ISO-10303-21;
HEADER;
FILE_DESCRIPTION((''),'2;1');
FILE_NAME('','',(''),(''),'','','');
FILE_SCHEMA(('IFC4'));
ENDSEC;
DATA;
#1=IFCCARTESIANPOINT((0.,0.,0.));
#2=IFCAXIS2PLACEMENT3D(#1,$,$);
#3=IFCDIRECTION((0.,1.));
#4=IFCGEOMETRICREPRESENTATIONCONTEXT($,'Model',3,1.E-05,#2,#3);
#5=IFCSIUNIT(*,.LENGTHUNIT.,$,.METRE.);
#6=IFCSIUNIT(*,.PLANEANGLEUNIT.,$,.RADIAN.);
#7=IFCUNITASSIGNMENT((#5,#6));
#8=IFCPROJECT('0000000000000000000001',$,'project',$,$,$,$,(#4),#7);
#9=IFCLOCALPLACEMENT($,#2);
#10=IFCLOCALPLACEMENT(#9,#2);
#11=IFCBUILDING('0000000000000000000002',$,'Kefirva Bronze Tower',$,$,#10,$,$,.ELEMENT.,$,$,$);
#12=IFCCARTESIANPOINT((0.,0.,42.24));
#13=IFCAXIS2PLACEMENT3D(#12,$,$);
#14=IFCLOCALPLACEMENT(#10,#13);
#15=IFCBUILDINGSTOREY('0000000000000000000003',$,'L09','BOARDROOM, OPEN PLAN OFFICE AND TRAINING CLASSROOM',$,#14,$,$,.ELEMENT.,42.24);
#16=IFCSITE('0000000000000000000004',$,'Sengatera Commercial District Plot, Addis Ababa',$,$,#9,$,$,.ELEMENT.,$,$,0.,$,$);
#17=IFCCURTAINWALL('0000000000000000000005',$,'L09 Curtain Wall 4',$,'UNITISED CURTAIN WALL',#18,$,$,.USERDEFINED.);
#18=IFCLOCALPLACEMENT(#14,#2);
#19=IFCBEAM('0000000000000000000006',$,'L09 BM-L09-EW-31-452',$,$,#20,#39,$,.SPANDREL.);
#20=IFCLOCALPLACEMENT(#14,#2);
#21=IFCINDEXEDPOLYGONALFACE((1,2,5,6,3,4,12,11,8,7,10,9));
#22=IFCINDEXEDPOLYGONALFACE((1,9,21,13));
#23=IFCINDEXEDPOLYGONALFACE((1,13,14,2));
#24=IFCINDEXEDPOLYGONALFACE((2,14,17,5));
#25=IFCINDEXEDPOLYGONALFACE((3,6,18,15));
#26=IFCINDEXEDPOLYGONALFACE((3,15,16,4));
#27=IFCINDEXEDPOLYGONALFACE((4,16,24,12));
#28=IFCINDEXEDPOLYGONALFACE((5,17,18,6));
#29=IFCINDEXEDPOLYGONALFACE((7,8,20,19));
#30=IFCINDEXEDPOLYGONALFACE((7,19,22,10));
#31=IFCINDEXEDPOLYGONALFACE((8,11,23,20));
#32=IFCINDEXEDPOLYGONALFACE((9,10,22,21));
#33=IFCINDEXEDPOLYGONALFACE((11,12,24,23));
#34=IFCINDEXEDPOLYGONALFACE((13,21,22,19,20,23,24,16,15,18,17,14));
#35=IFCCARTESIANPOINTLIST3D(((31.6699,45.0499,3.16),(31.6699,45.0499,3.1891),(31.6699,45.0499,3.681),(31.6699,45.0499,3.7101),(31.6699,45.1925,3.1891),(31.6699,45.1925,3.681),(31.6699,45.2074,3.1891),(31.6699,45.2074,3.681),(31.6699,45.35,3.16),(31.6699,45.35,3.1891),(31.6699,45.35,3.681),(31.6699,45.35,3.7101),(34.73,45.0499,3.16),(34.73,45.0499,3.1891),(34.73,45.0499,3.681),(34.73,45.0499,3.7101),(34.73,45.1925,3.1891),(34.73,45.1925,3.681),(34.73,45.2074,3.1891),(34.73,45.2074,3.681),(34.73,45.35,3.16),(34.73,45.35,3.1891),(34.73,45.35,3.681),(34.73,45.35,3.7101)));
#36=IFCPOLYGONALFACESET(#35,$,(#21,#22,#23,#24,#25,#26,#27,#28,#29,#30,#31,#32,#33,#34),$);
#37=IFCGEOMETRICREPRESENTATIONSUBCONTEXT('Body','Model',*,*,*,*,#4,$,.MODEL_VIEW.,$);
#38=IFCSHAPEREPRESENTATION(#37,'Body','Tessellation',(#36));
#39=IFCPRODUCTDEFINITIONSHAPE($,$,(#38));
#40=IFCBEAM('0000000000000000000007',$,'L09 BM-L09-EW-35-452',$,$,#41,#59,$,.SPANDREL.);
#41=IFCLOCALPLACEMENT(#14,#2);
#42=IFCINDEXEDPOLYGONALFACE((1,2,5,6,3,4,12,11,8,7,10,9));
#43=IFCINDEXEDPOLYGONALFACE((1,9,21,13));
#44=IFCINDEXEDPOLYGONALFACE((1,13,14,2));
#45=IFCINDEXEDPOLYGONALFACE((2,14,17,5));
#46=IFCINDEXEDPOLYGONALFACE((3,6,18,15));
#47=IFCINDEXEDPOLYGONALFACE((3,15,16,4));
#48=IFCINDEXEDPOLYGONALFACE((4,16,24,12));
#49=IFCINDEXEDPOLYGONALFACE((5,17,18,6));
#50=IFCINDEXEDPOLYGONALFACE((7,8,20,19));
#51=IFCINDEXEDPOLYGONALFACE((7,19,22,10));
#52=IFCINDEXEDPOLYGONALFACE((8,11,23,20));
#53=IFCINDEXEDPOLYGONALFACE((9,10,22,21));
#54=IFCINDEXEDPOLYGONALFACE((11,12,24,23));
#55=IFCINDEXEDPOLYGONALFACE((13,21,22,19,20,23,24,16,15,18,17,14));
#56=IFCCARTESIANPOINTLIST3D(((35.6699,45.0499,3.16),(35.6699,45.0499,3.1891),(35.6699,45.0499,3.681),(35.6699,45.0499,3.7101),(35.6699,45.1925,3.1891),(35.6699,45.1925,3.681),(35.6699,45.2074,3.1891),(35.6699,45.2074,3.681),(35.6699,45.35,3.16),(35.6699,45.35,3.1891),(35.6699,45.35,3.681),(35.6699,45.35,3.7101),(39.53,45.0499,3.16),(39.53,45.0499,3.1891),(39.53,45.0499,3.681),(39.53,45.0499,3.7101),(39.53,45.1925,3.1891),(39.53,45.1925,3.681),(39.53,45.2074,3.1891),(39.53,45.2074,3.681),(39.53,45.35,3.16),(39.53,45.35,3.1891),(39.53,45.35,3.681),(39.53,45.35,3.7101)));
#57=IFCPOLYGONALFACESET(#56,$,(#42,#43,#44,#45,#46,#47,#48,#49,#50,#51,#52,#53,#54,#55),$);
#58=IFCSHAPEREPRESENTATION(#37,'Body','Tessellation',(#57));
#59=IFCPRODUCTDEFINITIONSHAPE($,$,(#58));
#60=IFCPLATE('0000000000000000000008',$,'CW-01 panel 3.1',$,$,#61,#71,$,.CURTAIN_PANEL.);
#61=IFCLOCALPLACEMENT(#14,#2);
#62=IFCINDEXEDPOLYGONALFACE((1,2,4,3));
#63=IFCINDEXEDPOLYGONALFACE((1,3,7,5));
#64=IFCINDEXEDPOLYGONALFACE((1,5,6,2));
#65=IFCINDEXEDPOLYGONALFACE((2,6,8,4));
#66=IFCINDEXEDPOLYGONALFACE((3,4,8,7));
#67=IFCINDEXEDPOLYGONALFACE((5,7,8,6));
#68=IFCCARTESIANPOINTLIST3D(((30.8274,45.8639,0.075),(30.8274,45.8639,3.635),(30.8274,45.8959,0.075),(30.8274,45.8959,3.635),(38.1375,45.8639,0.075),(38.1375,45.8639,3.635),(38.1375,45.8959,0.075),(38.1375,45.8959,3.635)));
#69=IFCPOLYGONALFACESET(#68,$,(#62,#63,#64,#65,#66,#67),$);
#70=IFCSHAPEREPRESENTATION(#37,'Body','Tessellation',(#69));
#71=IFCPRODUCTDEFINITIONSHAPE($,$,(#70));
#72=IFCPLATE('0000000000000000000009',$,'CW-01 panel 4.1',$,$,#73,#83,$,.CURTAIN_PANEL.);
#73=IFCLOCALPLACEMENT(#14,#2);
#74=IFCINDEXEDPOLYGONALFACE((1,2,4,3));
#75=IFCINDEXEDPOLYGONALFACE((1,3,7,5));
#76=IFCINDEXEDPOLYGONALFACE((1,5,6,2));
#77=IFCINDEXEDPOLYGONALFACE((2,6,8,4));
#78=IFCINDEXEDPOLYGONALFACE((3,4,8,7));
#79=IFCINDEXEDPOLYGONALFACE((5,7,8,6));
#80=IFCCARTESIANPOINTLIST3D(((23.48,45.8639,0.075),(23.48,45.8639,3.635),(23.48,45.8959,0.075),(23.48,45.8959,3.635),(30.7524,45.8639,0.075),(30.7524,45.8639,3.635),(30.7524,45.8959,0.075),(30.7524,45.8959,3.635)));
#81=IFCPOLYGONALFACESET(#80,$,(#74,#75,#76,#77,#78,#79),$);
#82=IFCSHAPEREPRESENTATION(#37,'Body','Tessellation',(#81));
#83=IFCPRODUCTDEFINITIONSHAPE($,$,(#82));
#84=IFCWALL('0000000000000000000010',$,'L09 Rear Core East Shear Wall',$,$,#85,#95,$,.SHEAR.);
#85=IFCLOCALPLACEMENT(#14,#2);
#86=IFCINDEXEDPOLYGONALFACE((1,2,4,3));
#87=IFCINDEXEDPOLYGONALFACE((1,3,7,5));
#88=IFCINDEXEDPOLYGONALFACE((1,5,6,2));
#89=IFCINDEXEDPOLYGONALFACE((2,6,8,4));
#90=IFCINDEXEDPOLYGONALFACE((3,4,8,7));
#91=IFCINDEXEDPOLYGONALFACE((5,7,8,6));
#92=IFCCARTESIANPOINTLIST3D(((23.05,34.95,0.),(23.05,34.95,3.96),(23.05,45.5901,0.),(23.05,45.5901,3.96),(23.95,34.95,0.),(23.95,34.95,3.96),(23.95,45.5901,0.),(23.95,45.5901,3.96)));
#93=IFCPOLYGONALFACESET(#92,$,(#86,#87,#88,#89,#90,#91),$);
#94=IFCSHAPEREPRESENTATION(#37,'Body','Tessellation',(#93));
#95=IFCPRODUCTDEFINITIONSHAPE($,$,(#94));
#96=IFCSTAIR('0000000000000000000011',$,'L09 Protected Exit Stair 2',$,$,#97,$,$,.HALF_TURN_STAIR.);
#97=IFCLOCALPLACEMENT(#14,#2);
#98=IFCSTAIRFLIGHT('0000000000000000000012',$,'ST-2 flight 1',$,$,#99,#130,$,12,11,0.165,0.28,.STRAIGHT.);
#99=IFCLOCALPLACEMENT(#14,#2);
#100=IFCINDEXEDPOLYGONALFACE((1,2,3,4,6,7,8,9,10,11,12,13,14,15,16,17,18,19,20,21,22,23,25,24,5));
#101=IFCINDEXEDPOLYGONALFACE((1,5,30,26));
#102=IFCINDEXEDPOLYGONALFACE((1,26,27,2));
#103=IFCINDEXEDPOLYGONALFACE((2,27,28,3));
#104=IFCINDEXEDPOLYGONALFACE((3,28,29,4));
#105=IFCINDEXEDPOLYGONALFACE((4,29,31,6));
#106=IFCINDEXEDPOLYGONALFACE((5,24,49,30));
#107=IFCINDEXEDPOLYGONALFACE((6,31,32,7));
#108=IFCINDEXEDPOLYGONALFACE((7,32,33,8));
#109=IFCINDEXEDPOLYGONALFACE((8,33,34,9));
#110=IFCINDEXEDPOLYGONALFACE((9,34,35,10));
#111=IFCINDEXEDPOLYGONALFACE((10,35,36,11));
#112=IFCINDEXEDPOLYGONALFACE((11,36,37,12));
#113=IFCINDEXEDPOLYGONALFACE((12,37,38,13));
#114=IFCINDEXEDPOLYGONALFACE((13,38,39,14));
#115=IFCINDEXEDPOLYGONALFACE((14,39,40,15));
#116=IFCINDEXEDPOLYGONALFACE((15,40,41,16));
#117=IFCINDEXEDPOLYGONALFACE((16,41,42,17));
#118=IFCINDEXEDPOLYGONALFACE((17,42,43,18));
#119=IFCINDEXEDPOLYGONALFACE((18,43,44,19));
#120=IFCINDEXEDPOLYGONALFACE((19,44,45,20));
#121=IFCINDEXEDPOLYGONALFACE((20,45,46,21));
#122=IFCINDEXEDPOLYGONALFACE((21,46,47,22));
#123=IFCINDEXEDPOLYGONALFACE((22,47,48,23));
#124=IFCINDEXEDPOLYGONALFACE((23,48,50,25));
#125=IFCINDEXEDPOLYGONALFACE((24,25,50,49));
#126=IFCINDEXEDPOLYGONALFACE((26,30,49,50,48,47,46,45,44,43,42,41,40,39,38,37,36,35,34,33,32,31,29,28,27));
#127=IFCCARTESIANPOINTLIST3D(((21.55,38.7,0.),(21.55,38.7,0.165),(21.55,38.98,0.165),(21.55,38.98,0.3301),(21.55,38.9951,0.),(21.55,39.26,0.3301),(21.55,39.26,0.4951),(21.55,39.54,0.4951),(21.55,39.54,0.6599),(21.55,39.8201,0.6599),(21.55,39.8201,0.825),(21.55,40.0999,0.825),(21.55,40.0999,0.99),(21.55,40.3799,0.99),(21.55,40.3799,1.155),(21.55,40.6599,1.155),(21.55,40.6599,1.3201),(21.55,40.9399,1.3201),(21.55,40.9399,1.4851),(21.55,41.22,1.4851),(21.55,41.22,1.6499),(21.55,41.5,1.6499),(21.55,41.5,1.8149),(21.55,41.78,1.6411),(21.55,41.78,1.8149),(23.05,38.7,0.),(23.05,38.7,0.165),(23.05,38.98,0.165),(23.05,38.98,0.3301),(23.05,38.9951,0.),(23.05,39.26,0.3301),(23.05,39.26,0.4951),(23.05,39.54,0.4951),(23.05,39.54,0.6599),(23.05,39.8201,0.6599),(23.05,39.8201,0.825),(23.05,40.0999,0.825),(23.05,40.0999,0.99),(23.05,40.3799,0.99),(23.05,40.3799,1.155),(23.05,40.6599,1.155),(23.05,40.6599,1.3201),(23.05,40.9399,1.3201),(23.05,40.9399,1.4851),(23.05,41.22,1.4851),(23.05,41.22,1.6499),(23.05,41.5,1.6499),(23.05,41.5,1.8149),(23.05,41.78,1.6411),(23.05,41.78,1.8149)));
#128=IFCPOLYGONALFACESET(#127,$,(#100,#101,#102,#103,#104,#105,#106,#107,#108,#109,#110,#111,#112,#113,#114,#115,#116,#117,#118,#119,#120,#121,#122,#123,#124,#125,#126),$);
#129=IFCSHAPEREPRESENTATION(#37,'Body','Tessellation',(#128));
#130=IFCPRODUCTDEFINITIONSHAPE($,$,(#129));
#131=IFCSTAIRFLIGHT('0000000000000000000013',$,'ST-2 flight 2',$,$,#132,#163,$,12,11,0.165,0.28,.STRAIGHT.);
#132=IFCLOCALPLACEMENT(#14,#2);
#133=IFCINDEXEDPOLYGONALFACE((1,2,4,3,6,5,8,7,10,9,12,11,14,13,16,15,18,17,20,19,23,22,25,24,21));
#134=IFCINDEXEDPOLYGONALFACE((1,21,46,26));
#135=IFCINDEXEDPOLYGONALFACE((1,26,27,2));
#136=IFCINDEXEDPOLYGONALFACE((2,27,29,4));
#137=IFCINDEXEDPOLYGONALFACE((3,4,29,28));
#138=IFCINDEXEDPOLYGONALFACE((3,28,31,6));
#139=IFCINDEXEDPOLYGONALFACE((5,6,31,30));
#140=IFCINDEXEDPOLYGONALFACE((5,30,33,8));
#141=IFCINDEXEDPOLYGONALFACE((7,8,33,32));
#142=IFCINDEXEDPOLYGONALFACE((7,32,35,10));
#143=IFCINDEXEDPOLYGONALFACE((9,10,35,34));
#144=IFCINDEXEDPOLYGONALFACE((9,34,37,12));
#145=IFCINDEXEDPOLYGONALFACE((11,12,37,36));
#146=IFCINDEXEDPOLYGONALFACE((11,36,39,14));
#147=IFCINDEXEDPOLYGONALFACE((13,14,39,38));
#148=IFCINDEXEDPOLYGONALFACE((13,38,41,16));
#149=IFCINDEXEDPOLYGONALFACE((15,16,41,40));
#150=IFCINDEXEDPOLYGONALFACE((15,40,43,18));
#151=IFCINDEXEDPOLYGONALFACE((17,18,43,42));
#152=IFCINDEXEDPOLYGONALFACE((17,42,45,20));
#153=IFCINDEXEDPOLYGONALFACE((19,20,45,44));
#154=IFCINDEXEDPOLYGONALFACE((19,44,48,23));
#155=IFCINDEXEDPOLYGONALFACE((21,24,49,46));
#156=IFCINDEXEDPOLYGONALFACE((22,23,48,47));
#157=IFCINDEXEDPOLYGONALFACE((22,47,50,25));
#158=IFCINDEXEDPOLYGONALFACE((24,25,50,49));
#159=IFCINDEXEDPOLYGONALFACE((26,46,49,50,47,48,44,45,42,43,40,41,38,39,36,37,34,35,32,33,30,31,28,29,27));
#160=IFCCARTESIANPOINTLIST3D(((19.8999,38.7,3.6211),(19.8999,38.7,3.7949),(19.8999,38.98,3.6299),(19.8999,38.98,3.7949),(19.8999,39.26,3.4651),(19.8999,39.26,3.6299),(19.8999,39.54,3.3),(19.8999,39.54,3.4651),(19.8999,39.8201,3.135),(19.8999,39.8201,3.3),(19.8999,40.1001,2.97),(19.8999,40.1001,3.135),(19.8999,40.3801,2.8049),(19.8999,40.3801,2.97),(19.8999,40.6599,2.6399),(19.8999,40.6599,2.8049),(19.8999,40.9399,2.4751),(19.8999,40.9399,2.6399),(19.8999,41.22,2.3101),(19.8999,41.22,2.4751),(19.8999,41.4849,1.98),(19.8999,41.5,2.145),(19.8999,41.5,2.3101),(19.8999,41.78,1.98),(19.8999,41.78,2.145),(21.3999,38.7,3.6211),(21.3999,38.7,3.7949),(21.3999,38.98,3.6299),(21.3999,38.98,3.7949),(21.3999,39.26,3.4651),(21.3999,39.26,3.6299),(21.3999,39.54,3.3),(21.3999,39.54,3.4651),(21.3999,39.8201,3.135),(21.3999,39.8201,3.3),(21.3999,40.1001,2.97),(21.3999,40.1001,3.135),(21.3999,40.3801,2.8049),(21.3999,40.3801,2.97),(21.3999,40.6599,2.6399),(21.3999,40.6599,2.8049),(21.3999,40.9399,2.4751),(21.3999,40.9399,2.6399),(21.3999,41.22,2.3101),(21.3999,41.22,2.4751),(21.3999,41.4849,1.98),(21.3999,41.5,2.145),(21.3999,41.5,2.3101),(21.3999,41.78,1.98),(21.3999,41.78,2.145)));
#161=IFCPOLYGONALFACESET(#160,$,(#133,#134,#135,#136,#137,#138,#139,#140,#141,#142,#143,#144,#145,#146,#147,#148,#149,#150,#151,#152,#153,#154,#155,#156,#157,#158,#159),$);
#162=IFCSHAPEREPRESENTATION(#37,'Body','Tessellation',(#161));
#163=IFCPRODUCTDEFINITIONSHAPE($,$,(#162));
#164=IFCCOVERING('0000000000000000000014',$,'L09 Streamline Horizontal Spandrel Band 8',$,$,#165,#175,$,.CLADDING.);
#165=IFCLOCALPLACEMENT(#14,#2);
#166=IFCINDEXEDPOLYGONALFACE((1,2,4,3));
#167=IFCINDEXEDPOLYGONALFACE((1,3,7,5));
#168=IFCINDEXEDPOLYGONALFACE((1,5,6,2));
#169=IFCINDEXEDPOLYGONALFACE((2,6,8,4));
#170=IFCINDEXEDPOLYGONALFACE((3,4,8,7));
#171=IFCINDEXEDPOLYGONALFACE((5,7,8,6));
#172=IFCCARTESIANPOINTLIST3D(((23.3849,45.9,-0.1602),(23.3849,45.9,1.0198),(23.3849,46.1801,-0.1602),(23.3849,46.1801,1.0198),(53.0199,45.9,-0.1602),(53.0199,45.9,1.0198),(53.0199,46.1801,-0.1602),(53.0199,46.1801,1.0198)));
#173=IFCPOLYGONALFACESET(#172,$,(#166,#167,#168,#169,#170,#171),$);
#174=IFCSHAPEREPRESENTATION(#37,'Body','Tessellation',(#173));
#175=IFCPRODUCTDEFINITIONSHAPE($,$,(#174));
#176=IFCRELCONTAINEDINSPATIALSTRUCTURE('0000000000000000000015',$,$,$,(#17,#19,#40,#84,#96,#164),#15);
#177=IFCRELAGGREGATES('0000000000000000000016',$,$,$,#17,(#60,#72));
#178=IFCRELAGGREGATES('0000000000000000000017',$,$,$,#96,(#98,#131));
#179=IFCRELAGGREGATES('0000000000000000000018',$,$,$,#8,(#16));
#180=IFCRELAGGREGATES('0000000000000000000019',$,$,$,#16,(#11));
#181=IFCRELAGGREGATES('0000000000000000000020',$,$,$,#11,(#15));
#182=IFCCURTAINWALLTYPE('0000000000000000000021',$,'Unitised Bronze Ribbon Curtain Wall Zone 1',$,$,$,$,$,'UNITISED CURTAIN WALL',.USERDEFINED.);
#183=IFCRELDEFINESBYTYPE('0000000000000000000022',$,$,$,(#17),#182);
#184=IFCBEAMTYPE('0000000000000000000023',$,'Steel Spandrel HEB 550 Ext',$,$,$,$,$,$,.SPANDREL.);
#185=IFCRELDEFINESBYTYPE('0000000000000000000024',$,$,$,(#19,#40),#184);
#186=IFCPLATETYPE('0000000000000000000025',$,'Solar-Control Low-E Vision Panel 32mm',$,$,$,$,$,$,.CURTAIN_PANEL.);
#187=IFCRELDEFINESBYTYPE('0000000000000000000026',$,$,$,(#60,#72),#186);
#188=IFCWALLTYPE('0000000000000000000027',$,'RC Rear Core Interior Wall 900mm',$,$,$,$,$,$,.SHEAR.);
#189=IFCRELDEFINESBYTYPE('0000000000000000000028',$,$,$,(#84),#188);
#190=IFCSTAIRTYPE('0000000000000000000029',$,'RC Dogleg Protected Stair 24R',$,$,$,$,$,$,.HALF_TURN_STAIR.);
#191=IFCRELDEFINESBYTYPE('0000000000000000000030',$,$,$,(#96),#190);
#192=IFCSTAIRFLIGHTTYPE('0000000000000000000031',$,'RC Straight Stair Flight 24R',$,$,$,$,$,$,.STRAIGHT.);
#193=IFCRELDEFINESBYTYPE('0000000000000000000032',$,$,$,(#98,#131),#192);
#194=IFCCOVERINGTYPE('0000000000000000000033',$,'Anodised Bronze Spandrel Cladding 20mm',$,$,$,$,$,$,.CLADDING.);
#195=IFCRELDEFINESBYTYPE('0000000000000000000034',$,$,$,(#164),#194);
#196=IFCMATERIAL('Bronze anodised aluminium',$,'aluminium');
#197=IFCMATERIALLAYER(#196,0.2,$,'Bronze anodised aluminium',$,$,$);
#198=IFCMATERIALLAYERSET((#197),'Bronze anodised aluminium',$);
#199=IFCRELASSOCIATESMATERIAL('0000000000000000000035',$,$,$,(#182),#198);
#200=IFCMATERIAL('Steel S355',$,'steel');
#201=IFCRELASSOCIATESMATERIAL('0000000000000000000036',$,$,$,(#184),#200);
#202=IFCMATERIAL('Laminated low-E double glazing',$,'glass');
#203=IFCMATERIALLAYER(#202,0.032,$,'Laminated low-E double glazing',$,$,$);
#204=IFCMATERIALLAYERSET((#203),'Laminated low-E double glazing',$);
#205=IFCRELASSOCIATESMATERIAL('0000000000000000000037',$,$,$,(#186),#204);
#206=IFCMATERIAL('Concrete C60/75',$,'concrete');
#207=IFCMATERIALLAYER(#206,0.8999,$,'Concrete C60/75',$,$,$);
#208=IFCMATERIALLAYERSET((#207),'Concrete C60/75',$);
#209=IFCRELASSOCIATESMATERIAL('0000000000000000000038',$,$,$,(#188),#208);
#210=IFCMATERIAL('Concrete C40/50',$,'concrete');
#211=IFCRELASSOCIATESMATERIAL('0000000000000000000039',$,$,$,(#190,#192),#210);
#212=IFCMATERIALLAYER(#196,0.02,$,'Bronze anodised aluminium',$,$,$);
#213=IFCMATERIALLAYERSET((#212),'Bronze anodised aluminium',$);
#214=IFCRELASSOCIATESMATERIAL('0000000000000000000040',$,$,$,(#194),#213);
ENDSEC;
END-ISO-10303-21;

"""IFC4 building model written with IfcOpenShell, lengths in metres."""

from ifc_helpers import new_model, si_unit, direction, frame, frame_2d, origin, origin_2d, place, context, subcontext, project, spatial, polyline, rectangle, i_section, outline, extrude, material, layer, layer_set, material_profile, profile_set, type_object, element, aggregate, save


model = new_model("IFC4")

# Units and contexts
model_context = context("Model", 3, precision=1e-05, world=origin(), true_north=direction((0.0, 1.0)))
body_context = subcontext(model_context, "Body", "Model", "MODEL_VIEW")
ifc_project = project(units=[si_unit("LENGTHUNIT", "METRE"), si_unit("PLANEANGLEUNIT", "RADIAN")], contexts=[model_context])

# Site, building, storey
site_placement = place(None, origin())
site = spatial("IfcSite", under=ifc_project, at=site_placement, Name="Sengatera Commercial District Plot, Addis Ababa", CompositionType="ELEMENT", RefElevation=0.0)
building_placement = place(site_placement, origin())
building = spatial("IfcBuilding", under=site, at=building_placement, Name="Kefirva Bronze Tower", CompositionType="ELEMENT")
storey_placement = place(building_placement, frame((0.0, 0.0, 42.24)))
storey = spatial("IfcBuildingStorey", under=building, at=storey_placement, Name="L09", Description="BOARDROOM, OPEN PLAN OFFICE AND TRAINING CLASSROOM", CompositionType="ELEMENT", Elevation=42.24)

# Shared definitions
ifc_material_1 = material(Name="Concrete C60/75", Category="concrete")

# Curtain wall
ifc_material_2 = material(Name="Bronze anodised aluminium", Category="aluminium")
ifc_layer_1 = layer(ifc_material_2, 0.2, Name="Bronze anodised aluminium")
ifc_layer_set_1 = layer_set([ifc_layer_1], Name="Bronze anodised aluminium")
curtain_wall_type = type_object("IfcCurtainWallType", Name="Unitised Bronze Ribbon Curtain Wall Zone 1", ElementType="UNITISED CURTAIN WALL", PredefinedType="USERDEFINED", material=ifc_layer_set_1)
curtain_wall_placement = place(storey_placement, origin())
curtain_wall = element("IfcCurtainWall", 1, at=curtain_wall_placement, inside=storey, type_object=curtain_wall_type, Name="L09 Curtain Wall 4", ObjectType="UNITISED CURTAIN WALL", PredefinedType="USERDEFINED")

# Beams
ifc_material_3 = material(Name="Steel S355", Category="steel")
ifc_material_profile_1 = material_profile(ifc_material_3, i_section(OverallWidth=0.3, OverallDepth=0.55, WebThickness=0.0149, FlangeThickness=0.0291, at=origin_2d()), Name="HEB 550")
ifc_profile_set_1 = profile_set([ifc_material_profile_1], Name="Steel S355")
beam_type_1 = type_object("IfcBeamType", Name="Steel Spandrel HEB 550 Ext", PredefinedType="SPANDREL", material=ifc_profile_set_1)
beam_1_placement = place(storey_placement, frame((31.6699, 45.2, 3.4351), z_axis=(1.0, 0.0, 0.0), x_axis=(0.0, 1.0, 0.0)))
element("IfcBeam", 2, at=beam_1_placement, inside=storey, type_object=beam_type_1, Name="L09 BM-L09-EW-31-452", PredefinedType="SPANDREL", context=body_context, shape_type="SweptSolid", body=[
    extrude(i_section(OverallWidth=0.3, OverallDepth=0.55, WebThickness=0.0149, FlangeThickness=0.0291, at=origin_2d()), origin(), (0.0, 0.0, 1.0), 3.0601),
])
beam_2_placement = place(storey_placement, frame((35.6699, 45.2, 3.4351), z_axis=(1.0, 0.0, 0.0), x_axis=(0.0, 1.0, 0.0)))
element("IfcBeam", 3, at=beam_2_placement, inside=storey, type_object=beam_type_1, Name="L09 BM-L09-EW-35-452", PredefinedType="SPANDREL", context=body_context, shape_type="SweptSolid", body=[
    extrude(i_section(OverallWidth=0.3, OverallDepth=0.55, WebThickness=0.0149, FlangeThickness=0.0291, at=origin_2d()), origin(), (0.0, 0.0, 1.0), 3.8601),
])

# Plates
ifc_material_4 = material(Name="Laminated low-E double glazing", Category="glass")
ifc_layer_2 = layer(ifc_material_4, 0.032, Name="Laminated low-E double glazing")
ifc_layer_set_2 = layer_set([ifc_layer_2], Name="Laminated low-E double glazing")
plate_type = type_object("IfcPlateType", Name="Solar-Control Low-E Vision Panel 32mm", PredefinedType="CURTAIN_PANEL", material=ifc_layer_set_2)
plate_1_placement = place(storey_placement, frame((34.4824, 45.8799, 0.075), z_axis=(0.0, 0.0, 1.0), x_axis=(-1.0, 0.0, 0.0)))
plate_1 = element("IfcPlate", 4, at=plate_1_placement, type_object=plate_type, Name="CW-01 panel 3.1", PredefinedType="CURTAIN_PANEL", context=body_context, shape_type="SweptSolid", body=[
    extrude(rectangle(XDim=7.3101, YDim=0.032, at=origin_2d()), origin(), (0.0, 0.0, 1.0), 3.5601),
])
plate_2_placement = place(storey_placement, frame((27.1162, 45.8799, 0.075), z_axis=(0.0, 0.0, 1.0), x_axis=(-1.0, 0.0, 0.0)))
plate_2 = element("IfcPlate", 5, at=plate_2_placement, type_object=plate_type, Name="CW-01 panel 4.1", PredefinedType="CURTAIN_PANEL", context=body_context, shape_type="SweptSolid", body=[
    extrude(rectangle(XDim=7.2725, YDim=0.032, at=origin_2d()), origin(), (0.0, 0.0, 1.0), 3.5601),
])
aggregate(curtain_wall, [plate_1, plate_2])

# Wall
ifc_layer_3 = layer(ifc_material_1, 0.8999, Name="Concrete C60/75")
ifc_layer_set_3 = layer_set([ifc_layer_3], Name="Concrete C60/75")
wall_type = type_object("IfcWallType", Name="RC Rear Core Interior Wall 900mm", PredefinedType="SHEAR", material=ifc_layer_set_3)
wall_placement = place(storey_placement, frame((23.5, 34.95, 0.0), z_axis=(0.0, 0.0, 1.0), x_axis=(0.0, 1.0, 0.0)))
element("IfcWall", 6, at=wall_placement, inside=storey, type_object=wall_type, Name="L09 Rear Core East Shear Wall", PredefinedType="SHEAR", context=body_context, shape_type="SweptSolid", body=[
    extrude(rectangle(XDim=10.6401, YDim=0.8999, at=frame_2d((5.3201, 0.0))), origin(), (0.0, 0.0, 1.0), 3.96),
])

# Stair, stair flights
ifc_material_5 = material(Name="Concrete C40/50", Category="concrete")
stair_type = type_object("IfcStairType", Name="RC Dogleg Protected Stair 24R", PredefinedType="HALF_TURN_STAIR", material=ifc_material_5)
stair_placement = place(storey_placement, origin())
stair = element("IfcStair", 7, at=stair_placement, inside=storey, type_object=stair_type, Name="L09 Protected Exit Stair 2", PredefinedType="HALF_TURN_STAIR")
stair_flight_type = type_object("IfcStairFlightType", Name="RC Straight Stair Flight 24R", PredefinedType="STRAIGHT", material=ifc_material_5)
stair_flight_1_placement = place(storey_placement, frame((22.3, 38.7, 0.0), z_axis=(0.0, 0.0, 1.0), x_axis=(0.0, 1.0, 0.0)))
stair_flight_1 = element("IfcStairFlight", 8, at=stair_flight_1_placement, type_object=stair_flight_type, Name="ST-2 flight 1", NumberOfRisers=12, NumberOfTreads=11, PredefinedType="STRAIGHT", RiserHeight=0.165, TreadLength=0.28, context=body_context, shape_type="SweptSolid", body=[
    extrude(outline(polyline([(0.0, 0.0), (0.0, 0.165), (0.28, 0.165), (0.28, 0.3301), (0.5601, 0.3301), (0.5601, 0.4951), (0.8401, 0.4951), (0.8401, 0.6599), (1.1201, 0.6599), (1.1201, 0.825), (1.3999, 0.825), (1.3999, 0.99), (1.6799, 0.99), (1.6799, 1.155), (1.96, 1.155), (1.96, 1.3201), (2.24, 1.3201), (2.24, 1.4851), (2.52, 1.4851), (2.52, 1.6499), (2.8, 1.6499), (2.8, 1.8149), (3.0801, 1.8149), (3.0801, 1.98), (3.0801, 1.6411), (0.2952, 0.0), (0.0, 0.0)])), frame((0.0, 0.75, 0.0), z_axis=(0.0, -1.0, 0.0), x_axis=(1.0, 0.0, 0.0)), (0.0, 0.0, 1.0), 1.5),
])
stair_flight_2_placement = place(storey_placement, frame((20.6499, 41.78, 1.98), z_axis=(0.0, 0.0, 1.0), x_axis=(0.0, -1.0, 0.0)))
stair_flight_2 = element("IfcStairFlight", 9, at=stair_flight_2_placement, type_object=stair_flight_type, Name="ST-2 flight 2", NumberOfRisers=12, NumberOfTreads=11, PredefinedType="STRAIGHT", RiserHeight=0.165, TreadLength=0.28, context=body_context, shape_type="SweptSolid", body=[
    extrude(outline(polyline([(0.0, 0.0), (0.0, 0.165), (0.28, 0.165), (0.28, 0.3301), (0.5601, 0.3301), (0.5601, 0.4951), (0.8401, 0.4951), (0.8401, 0.6599), (1.1201, 0.6599), (1.1201, 0.825), (1.3999, 0.825), (1.3999, 0.99), (1.6799, 0.99), (1.6799, 1.155), (1.96, 1.155), (1.96, 1.3201), (2.24, 1.3201), (2.24, 1.4851), (2.52, 1.4851), (2.52, 1.6499), (2.8, 1.6499), (2.8, 1.8149), (3.0801, 1.8149), (3.0801, 1.98), (3.0801, 1.6411), (0.2952, 0.0), (0.0, 0.0)])), frame((0.0, 0.75, 0.0), z_axis=(0.0, -1.0, 0.0), x_axis=(1.0, 0.0, 0.0)), (0.0, 0.0, 1.0), 1.5),
])
aggregate(stair, [stair_flight_1, stair_flight_2])

# Covering
ifc_layer_4 = layer(ifc_material_2, 0.02, Name="Bronze anodised aluminium")
ifc_layer_set_4 = layer_set([ifc_layer_4], Name="Bronze anodised aluminium")
covering_type_1 = type_object("IfcCoveringType", Name="Anodised Bronze Spandrel Cladding 20mm", PredefinedType="CLADDING", material=ifc_layer_set_4)
covering_1_placement = place(storey_placement, frame((38.2024, 46.04, -0.1602), z_axis=(0.0, 0.0, 1.0), x_axis=(-1.0, 0.0, 0.0)))
element("IfcCovering", 10, at=covering_1_placement, inside=storey, type_object=covering_type_1, Name="L09 Streamline Horizontal Spandrel Band 8", PredefinedType="CLADDING", context=body_context, shape_type="SweptSolid", body=[
    extrude(rectangle(XDim=29.635, YDim=0.28, at=origin_2d()), origin(), (0.0, 0.0, 1.0), 1.1799),
])

save(model, "model.ifc")
